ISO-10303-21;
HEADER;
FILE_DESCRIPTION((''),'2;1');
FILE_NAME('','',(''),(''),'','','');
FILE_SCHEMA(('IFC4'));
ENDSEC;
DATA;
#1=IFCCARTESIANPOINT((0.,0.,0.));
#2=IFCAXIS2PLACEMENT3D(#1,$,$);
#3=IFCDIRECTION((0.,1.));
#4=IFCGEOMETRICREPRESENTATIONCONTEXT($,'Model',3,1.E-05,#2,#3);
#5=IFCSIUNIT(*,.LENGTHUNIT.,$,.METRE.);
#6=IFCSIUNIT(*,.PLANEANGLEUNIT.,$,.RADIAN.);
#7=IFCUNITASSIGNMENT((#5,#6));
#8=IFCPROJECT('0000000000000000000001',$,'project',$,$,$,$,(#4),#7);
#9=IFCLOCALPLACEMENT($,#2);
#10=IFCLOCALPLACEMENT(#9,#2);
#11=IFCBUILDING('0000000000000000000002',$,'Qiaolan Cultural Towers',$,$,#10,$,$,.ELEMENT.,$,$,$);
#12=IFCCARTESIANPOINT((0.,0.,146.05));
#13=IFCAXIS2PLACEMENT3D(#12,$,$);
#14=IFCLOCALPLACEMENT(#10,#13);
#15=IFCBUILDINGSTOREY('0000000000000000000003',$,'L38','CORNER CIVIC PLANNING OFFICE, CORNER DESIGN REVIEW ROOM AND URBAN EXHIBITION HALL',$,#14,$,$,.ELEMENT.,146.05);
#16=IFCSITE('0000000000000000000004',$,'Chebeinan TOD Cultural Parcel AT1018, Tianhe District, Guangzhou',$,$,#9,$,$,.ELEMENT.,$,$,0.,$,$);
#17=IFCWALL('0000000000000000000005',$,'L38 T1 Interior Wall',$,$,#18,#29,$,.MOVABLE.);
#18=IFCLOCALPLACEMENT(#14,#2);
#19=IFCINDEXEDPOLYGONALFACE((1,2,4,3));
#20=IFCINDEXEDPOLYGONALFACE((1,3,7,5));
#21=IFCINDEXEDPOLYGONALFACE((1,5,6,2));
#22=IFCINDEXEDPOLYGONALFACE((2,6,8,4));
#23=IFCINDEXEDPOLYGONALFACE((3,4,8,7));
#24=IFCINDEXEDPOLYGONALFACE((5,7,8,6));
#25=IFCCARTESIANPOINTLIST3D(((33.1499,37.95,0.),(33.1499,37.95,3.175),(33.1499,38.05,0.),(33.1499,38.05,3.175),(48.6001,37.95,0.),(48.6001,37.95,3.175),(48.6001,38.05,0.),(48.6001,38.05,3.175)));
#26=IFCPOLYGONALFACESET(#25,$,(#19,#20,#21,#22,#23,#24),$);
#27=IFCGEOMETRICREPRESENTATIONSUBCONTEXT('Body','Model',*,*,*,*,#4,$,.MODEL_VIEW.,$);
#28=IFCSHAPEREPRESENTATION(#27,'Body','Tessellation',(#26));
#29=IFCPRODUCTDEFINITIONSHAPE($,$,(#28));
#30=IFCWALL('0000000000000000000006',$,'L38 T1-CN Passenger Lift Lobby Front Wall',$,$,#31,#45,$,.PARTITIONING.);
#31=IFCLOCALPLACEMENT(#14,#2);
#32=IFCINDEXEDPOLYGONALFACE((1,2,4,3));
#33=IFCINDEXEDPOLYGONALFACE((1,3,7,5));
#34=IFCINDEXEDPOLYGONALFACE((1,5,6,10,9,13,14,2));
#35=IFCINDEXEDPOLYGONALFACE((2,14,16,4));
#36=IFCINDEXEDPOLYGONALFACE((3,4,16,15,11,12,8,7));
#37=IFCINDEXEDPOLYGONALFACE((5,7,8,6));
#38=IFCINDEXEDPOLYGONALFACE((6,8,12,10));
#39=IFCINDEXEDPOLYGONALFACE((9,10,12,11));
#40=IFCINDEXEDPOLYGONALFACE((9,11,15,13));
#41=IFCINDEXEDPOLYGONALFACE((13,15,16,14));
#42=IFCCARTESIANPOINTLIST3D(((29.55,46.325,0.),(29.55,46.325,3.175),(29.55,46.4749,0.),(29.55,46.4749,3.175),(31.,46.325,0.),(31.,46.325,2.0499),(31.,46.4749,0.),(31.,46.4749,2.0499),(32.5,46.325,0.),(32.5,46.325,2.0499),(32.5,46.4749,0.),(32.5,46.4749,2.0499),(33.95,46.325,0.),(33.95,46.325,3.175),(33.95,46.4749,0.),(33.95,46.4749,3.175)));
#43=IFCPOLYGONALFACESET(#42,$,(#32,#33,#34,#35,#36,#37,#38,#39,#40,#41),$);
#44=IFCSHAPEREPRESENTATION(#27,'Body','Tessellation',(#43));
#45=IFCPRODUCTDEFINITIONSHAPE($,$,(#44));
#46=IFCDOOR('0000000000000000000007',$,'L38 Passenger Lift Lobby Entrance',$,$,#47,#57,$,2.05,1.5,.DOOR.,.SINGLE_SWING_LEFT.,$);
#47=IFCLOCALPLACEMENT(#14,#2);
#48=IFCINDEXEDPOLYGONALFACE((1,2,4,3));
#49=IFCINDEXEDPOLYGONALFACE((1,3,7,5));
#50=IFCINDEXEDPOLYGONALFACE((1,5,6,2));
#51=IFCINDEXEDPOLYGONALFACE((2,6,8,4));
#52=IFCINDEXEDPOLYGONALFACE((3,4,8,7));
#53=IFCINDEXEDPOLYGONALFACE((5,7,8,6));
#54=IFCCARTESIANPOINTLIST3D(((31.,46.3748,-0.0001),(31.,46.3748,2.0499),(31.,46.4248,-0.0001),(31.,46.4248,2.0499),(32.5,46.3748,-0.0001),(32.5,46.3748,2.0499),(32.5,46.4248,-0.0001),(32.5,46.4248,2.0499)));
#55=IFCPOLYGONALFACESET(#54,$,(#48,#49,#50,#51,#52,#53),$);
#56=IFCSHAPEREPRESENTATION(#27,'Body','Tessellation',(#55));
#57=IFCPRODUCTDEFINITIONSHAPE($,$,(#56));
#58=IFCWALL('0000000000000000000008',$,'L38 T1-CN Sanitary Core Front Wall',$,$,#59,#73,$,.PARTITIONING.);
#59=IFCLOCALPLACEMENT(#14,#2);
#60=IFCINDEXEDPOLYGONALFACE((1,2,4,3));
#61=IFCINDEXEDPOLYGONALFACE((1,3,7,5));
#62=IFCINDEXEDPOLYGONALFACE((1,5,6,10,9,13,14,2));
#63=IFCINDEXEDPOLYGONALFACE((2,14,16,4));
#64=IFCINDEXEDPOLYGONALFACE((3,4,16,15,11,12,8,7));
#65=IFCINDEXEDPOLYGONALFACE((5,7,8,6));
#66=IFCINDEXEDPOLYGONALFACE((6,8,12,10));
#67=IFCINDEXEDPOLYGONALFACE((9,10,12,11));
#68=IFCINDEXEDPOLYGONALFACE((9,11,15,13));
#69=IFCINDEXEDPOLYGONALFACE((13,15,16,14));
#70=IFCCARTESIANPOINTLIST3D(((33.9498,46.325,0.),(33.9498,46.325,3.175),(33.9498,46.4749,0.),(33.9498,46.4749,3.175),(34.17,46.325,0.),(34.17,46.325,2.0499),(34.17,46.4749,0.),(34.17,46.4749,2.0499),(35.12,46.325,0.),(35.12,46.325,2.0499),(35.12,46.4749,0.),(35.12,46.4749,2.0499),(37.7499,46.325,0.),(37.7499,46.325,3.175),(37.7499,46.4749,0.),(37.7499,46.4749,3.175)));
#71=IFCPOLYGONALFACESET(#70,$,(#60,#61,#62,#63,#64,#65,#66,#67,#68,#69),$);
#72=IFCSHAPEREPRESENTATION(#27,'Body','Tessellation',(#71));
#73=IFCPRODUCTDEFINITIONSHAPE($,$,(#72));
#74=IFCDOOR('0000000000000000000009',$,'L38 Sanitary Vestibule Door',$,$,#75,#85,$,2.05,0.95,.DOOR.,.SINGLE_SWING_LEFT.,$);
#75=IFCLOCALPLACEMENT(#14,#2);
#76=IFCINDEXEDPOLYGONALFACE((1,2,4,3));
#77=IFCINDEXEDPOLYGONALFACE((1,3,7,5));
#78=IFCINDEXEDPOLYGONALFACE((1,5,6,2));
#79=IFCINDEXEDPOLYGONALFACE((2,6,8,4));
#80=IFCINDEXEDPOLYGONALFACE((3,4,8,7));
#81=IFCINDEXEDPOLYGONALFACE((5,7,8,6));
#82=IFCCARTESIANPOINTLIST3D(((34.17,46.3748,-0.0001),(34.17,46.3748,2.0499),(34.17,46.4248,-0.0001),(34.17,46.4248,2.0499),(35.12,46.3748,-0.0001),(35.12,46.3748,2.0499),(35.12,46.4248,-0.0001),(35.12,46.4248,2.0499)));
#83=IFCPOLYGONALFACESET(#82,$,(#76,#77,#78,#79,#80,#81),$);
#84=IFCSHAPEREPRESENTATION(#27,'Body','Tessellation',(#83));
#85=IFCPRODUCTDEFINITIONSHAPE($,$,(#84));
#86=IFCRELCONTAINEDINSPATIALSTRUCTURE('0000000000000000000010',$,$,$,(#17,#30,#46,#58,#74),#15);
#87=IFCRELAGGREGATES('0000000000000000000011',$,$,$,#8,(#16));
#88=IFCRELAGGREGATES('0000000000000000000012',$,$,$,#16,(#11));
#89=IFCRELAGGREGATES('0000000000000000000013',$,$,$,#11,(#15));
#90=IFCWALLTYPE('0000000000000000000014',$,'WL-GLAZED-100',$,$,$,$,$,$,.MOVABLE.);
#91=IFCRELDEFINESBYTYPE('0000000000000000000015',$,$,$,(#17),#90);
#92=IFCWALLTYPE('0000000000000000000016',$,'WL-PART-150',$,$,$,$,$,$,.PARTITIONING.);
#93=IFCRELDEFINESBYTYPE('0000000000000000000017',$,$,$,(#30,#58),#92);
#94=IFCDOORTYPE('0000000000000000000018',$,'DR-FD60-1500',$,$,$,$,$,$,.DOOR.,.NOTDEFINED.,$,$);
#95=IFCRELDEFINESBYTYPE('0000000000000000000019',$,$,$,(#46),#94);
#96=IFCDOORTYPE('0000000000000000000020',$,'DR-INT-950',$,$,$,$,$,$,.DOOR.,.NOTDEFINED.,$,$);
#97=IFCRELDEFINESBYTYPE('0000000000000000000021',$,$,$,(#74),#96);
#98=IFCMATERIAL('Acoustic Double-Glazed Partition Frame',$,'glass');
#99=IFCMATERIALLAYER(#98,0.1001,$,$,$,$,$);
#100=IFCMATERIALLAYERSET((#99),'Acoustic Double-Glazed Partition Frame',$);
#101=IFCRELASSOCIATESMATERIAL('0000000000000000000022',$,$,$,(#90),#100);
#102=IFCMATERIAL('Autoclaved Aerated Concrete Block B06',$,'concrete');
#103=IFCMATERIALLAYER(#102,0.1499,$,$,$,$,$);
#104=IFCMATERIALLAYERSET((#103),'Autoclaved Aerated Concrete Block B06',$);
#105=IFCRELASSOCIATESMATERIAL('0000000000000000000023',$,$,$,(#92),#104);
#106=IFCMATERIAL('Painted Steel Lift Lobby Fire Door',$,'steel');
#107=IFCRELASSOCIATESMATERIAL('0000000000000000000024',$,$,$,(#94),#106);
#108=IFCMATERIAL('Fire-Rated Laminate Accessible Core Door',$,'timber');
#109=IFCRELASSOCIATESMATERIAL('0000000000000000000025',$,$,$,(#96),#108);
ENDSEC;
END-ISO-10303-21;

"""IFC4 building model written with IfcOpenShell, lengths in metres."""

from ifc_helpers import new_model, si_unit, direction, frame, frame_2d, origin, place, context, subcontext, project, spatial, rectangle, extrude, material, layer, layer_set, type_object, element, fill, save


model = new_model("IFC4")

# Units and contexts
model_context = context("Model", 3, precision=1e-05, world=origin(), true_north=direction((0.0, 1.0)))
body_context = subcontext(model_context, "Body", "Model", "MODEL_VIEW")
ifc_project = project(units=[si_unit("LENGTHUNIT", "METRE"), si_unit("PLANEANGLEUNIT", "RADIAN")], contexts=[model_context])

# Site, building, storey
site_placement = place(None, origin())
site = spatial("IfcSite", under=ifc_project, at=site_placement, Name="Chebeinan TOD Cultural Parcel AT1018, Tianhe District, Guangzhou", CompositionType="ELEMENT", RefElevation=0.0)
building_placement = place(site_placement, origin())
building = spatial("IfcBuilding", under=site, at=building_placement, Name="Qiaolan Cultural Towers", CompositionType="ELEMENT")
storey_placement = place(building_placement, frame((0.0, 0.0, 146.05)))
storey = spatial("IfcBuildingStorey", under=building, at=storey_placement, Name="L38", Description="CORNER CIVIC PLANNING OFFICE, CORNER DESIGN REVIEW ROOM AND URBAN EXHIBITION HALL", CompositionType="ELEMENT", Elevation=146.05)

# Wall
ifc_material_1 = material(Name="Acoustic Double-Glazed Partition Frame", Category="glass")
ifc_layer_1 = layer(ifc_material_1, 0.1001)
ifc_layer_set_1 = layer_set([ifc_layer_1], Name="Acoustic Double-Glazed Partition Frame")
wall_type_1 = type_object("IfcWallType", Name="WL-GLAZED-100", PredefinedType="MOVABLE", material=ifc_layer_set_1)
for number, where, z_axis, x_axis, name in (
    (1, (33.1499, 38.0, 0.0), (0.0, 0.0, 1.0), (1.0, 0.0, 0.0), "L38 T1 Interior Wall"),
):
    element("IfcWall", number, at=place(storey_placement, frame(where, z_axis=z_axis, x_axis=x_axis)), inside=storey, type_object=wall_type_1, Name=name, PredefinedType="MOVABLE", context=body_context, shape_type="SweptSolid", body=[
        extrude(rectangle(XDim=15.4502, YDim=0.1001, at=frame_2d((7.7251, 0.0))), origin(), (0.0, 0.0, 1.0), 3.175),
    ])

# Walls, openings, doors
ifc_material_2 = material(Name="Autoclaved Aerated Concrete Block B06", Category="concrete")
ifc_layer_2 = layer(ifc_material_2, 0.1499)
ifc_layer_set_2 = layer_set([ifc_layer_2], Name="Autoclaved Aerated Concrete Block B06")
wall_type_2 = type_object("IfcWallType", Name="WL-PART-150", PredefinedType="PARTITIONING", material=ifc_layer_set_2)
wall_1_placement = place(storey_placement, frame((29.55, 46.3999, 0.0), z_axis=(0.0, 0.0, 1.0), x_axis=(1.0, 0.0, 0.0)))
wall_1 = element("IfcWall", 2, at=wall_1_placement, inside=storey, type_object=wall_type_2, Name="L38 T1-CN Passenger Lift Lobby Front Wall", PredefinedType="PARTITIONING", context=body_context, shape_type="SweptSolid", body=[
    extrude(rectangle(XDim=4.3999, YDim=0.1499, at=frame_2d((2.2, 0.0))), origin(), (0.0, 0.0, 1.0), 3.175),
])
opening_1_placement = place(wall_1_placement, frame((1.45, 0.0, 0.0)))
opening_1 = element("IfcOpeningElement", 3, at=opening_1_placement, cuts=wall_1, PredefinedType="OPENING", context=body_context, shape_type="SweptSolid", body=[
    extrude(rectangle(XDim=1.5, YDim=2.05, at=frame_2d((0.75, 1.0249))), frame((0.0, 0.085, 0.0), z_axis=(0.0, -1.0, 0.0), x_axis=(1.0, 0.0, 0.0)), (0.0, 0.0, 1.0), 0.1699),
])
ifc_material_3 = material(Name="Painted Steel Lift Lobby Fire Door", Category="steel")
door_type_1 = type_object("IfcDoorType", Name="DR-FD60-1500", OperationType="NOTDEFINED", PredefinedType="DOOR", material=ifc_material_3)
door_1_placement = place(opening_1_placement, origin())
door_1 = element("IfcDoor", 4, at=door_1_placement, inside=storey, type_object=door_type_1, Name="L38 Passenger Lift Lobby Entrance", OperationType="SINGLE_SWING_LEFT", OverallHeight=2.05, OverallWidth=1.5, PredefinedType="DOOR", context=body_context, shape_type="SweptSolid", body=[
    extrude(rectangle(XDim=1.5, YDim=2.05, at=frame_2d((0.75, 1.0249))), frame((0.0, 0.0249, 0.0), z_axis=(0.0, -1.0, 0.0), x_axis=(1.0, 0.0, 0.0)), (0.0, 0.0, 1.0), 0.05),
])
fill(opening_1, door_1)
wall_2_placement = place(storey_placement, frame((33.95, 46.3999, 0.0), z_axis=(0.0, 0.0, 1.0), x_axis=(1.0, 0.0, 0.0)))
wall_2 = element("IfcWall", 5, at=wall_2_placement, inside=storey, type_object=wall_type_2, Name="L38 T1-CN Sanitary Core Front Wall", PredefinedType="PARTITIONING", context=body_context, shape_type="SweptSolid", body=[
    extrude(rectangle(XDim=3.8, YDim=0.1499, at=frame_2d((1.8999, 0.0))), origin(), (0.0, 0.0, 1.0), 3.175),
])
opening_2_placement = place(wall_2_placement, frame((0.22, 0.0, 0.0)))
opening_2 = element("IfcOpeningElement", 6, at=opening_2_placement, cuts=wall_2, PredefinedType="OPENING", context=body_context, shape_type="SweptSolid", body=[
    extrude(rectangle(XDim=0.95, YDim=2.05, at=frame_2d((0.4751, 1.0249))), frame((0.0, 0.085, 0.0), z_axis=(0.0, -1.0, 0.0), x_axis=(1.0, 0.0, 0.0)), (0.0, 0.0, 1.0), 0.1699),
])
ifc_material_4 = material(Name="Fire-Rated Laminate Accessible Core Door", Category="timber")
door_type_2 = type_object("IfcDoorType", Name="DR-INT-950", OperationType="NOTDEFINED", PredefinedType="DOOR", material=ifc_material_4)
door_2_placement = place(opening_2_placement, origin())
door_2 = element("IfcDoor", 7, at=door_2_placement, inside=storey, type_object=door_type_2, Name="L38 Sanitary Vestibule Door", OperationType="SINGLE_SWING_LEFT", OverallHeight=2.05, OverallWidth=0.95, PredefinedType="DOOR", context=body_context, shape_type="SweptSolid", body=[
    extrude(rectangle(XDim=0.95, YDim=2.05, at=frame_2d((0.4751, 1.0249))), frame((0.0, 0.0249, 0.0), z_axis=(0.0, -1.0, 0.0), x_axis=(1.0, 0.0, 0.0)), (0.0, 0.0, 1.0), 0.05),
])
fill(opening_2, door_2)

save(model, "model.ifc")
